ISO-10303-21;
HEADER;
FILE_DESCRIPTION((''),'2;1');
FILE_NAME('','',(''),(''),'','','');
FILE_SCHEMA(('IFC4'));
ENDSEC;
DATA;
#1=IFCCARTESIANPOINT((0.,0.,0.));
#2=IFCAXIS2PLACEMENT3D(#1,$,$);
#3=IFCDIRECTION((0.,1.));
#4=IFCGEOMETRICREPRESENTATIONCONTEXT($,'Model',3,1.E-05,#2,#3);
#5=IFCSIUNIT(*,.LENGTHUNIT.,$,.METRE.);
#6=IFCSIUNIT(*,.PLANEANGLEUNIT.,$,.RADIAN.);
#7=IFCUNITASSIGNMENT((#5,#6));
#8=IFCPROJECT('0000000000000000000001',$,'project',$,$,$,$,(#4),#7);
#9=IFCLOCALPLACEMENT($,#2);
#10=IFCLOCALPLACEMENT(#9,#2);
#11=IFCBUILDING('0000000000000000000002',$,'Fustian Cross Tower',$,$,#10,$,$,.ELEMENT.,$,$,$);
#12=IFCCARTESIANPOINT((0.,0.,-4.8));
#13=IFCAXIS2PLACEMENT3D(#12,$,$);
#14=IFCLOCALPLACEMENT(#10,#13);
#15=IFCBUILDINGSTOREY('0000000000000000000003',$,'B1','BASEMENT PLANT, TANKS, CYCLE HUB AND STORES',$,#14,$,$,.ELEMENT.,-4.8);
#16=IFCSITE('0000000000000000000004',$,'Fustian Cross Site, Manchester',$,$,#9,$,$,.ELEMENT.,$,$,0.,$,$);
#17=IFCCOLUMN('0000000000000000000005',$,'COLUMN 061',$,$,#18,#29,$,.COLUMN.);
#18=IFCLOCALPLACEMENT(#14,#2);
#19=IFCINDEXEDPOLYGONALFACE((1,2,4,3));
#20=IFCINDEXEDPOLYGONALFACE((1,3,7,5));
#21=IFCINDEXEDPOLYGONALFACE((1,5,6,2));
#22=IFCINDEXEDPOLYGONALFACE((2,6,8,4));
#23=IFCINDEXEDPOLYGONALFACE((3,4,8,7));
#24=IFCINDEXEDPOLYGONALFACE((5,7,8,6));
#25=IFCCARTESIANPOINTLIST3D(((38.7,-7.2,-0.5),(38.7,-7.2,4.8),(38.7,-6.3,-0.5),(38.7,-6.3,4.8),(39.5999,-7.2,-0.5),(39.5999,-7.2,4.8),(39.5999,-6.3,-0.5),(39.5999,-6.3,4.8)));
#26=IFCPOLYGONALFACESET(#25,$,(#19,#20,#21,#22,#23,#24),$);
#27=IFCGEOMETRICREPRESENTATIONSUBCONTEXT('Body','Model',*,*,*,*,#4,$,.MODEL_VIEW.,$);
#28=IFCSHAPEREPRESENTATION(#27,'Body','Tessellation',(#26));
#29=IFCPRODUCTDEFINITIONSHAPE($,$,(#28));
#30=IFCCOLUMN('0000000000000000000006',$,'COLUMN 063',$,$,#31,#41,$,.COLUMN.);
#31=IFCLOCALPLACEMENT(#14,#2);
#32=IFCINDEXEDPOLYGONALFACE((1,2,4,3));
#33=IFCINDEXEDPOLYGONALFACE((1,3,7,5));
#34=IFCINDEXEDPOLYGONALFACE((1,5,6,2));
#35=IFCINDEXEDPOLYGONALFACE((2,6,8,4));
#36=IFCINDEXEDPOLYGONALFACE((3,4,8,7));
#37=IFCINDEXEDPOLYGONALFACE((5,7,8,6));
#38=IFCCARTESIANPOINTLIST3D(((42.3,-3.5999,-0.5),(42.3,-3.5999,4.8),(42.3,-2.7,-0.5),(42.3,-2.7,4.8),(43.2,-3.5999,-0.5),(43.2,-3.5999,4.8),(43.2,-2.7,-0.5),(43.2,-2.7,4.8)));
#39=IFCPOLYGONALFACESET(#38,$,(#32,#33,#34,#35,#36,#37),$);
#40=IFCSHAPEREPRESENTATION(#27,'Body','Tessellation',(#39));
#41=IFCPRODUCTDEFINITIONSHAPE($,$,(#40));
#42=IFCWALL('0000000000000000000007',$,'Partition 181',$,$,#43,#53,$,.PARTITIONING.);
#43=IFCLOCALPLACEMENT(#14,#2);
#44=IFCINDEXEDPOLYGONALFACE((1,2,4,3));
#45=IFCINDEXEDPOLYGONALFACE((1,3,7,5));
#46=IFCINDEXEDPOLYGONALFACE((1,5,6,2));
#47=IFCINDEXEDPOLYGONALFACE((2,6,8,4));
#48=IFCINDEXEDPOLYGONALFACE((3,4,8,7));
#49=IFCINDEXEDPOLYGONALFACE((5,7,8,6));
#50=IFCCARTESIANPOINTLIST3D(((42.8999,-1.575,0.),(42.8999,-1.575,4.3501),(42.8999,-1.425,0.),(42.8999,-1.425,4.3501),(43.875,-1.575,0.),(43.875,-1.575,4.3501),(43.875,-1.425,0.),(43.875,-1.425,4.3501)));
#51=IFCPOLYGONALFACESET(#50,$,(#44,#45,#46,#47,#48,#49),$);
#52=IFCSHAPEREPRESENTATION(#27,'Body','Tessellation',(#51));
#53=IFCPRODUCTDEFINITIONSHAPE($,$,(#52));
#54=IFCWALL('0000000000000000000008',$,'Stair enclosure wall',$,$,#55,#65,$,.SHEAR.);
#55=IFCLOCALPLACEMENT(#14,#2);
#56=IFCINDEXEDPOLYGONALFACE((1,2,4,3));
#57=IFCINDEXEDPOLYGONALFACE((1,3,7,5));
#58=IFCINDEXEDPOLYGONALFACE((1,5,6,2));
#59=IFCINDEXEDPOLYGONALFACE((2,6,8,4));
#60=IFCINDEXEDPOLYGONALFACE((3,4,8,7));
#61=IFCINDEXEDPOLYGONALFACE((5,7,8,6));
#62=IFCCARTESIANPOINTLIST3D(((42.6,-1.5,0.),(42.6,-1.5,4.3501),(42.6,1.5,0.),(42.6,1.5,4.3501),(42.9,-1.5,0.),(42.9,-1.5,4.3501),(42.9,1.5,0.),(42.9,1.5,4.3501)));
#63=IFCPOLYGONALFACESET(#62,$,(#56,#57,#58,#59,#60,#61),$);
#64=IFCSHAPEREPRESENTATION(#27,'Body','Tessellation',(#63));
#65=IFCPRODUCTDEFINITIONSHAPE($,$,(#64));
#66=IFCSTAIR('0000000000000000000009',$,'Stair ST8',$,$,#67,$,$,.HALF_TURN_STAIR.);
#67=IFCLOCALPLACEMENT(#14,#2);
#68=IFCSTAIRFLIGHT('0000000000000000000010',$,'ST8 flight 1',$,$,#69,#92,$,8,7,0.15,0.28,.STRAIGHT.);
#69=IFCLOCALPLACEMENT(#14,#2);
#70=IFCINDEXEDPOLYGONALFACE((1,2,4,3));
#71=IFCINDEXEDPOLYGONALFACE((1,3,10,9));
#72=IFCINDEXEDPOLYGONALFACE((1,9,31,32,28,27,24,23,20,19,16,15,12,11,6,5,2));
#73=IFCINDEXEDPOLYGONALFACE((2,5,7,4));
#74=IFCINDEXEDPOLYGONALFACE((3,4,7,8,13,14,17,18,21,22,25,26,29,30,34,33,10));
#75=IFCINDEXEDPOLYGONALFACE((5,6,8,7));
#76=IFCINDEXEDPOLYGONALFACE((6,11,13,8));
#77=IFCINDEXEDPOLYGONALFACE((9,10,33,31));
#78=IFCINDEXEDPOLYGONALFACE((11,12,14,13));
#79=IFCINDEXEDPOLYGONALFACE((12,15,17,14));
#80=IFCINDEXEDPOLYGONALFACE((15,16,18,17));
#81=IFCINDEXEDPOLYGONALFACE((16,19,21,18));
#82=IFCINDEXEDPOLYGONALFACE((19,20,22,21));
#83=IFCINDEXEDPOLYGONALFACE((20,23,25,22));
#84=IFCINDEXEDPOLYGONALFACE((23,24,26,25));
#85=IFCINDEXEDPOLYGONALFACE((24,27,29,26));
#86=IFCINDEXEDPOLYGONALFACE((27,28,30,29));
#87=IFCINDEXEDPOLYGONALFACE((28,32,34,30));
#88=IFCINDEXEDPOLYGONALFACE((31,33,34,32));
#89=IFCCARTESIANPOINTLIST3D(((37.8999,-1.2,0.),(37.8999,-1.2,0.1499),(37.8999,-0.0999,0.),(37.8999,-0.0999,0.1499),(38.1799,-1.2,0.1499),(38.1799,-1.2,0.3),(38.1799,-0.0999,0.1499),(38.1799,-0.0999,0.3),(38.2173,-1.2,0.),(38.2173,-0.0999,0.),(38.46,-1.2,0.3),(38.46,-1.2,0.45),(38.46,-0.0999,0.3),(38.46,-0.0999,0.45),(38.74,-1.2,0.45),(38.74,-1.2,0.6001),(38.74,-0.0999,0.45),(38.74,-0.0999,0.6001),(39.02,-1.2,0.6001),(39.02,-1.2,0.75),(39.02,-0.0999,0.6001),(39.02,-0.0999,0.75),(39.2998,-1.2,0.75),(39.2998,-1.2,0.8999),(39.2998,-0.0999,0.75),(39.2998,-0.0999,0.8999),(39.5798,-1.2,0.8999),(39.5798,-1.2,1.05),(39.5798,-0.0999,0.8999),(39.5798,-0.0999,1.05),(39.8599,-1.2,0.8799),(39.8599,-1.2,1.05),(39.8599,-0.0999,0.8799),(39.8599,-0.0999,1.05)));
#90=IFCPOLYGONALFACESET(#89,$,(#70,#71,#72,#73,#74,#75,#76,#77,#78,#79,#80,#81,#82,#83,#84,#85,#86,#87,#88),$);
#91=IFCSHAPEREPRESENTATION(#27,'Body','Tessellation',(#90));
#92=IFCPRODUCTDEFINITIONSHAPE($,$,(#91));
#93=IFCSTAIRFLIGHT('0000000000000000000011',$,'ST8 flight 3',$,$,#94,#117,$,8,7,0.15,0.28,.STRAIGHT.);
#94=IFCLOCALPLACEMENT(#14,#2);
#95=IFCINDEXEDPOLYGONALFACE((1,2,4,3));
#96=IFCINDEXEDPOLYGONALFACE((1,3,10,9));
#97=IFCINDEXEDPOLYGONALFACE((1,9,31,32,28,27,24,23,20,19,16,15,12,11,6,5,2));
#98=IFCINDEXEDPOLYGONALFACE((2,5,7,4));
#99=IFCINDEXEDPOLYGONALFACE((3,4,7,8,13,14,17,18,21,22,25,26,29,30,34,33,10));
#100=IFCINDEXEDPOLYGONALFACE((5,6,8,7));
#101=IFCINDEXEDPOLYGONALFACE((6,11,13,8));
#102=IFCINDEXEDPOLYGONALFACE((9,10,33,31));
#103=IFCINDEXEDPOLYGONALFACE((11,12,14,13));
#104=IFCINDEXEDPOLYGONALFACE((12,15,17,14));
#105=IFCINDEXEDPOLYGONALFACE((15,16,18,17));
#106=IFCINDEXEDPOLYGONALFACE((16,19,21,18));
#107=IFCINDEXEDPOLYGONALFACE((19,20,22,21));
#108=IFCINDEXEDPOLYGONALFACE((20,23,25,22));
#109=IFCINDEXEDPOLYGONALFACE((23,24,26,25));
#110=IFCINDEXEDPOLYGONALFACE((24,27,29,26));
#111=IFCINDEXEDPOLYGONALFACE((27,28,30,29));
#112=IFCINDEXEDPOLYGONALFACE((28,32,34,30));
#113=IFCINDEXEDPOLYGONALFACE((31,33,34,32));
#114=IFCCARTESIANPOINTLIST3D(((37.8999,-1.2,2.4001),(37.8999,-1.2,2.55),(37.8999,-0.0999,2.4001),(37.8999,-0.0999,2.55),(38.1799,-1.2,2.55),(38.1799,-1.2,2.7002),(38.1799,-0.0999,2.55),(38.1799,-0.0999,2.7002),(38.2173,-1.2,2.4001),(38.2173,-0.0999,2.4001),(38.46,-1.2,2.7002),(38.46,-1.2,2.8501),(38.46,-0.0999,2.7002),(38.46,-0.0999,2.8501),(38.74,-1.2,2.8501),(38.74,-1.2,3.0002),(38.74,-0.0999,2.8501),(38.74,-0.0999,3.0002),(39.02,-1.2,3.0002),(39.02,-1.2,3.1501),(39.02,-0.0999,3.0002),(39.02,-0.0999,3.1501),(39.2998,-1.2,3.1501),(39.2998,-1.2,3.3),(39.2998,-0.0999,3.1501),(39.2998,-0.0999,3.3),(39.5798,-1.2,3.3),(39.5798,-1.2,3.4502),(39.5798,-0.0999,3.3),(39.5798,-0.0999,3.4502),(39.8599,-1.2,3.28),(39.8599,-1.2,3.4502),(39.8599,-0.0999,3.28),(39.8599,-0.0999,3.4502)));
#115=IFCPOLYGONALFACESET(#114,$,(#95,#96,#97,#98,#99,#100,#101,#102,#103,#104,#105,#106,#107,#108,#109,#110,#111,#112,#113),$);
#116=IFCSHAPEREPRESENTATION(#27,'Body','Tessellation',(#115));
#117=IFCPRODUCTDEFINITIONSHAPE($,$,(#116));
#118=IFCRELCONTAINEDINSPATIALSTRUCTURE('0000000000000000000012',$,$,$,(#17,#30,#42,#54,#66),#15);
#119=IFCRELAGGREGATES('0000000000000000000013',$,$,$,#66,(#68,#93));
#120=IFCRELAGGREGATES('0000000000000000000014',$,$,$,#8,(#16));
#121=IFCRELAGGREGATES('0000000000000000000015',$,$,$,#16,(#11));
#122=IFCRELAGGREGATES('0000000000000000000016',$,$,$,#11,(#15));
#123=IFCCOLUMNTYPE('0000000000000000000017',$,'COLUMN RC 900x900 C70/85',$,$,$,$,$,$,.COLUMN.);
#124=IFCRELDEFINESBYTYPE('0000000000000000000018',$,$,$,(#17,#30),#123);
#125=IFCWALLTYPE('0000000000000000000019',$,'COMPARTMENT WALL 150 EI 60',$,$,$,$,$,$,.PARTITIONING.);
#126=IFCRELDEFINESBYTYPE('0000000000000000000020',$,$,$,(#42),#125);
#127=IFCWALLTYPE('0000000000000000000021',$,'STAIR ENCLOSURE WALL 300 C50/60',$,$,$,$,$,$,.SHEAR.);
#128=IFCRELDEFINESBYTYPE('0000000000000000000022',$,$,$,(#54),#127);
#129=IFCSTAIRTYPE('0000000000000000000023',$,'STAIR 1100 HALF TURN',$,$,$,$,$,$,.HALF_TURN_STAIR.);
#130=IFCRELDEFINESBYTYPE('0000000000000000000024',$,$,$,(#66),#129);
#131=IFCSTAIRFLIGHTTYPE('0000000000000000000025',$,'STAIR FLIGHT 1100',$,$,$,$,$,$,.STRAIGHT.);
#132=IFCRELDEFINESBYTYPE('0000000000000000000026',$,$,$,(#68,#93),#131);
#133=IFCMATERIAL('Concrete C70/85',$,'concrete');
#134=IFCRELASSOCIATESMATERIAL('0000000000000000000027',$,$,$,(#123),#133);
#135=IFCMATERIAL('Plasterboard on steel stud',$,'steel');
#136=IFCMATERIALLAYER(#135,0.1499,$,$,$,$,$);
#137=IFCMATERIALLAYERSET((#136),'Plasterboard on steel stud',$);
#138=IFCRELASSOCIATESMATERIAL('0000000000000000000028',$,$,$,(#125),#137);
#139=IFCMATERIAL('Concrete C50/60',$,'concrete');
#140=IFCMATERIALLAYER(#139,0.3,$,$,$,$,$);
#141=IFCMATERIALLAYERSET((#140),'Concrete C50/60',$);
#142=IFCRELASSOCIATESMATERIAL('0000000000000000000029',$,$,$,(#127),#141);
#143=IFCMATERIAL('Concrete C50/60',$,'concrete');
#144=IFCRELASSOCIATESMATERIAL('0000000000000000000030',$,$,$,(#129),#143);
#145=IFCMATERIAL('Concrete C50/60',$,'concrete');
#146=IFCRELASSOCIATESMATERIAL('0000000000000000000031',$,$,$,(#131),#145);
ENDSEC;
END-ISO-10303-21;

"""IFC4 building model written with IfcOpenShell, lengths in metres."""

from ifc_helpers import new_model, si_unit, direction, frame, frame_2d, origin, origin_2d, place, context, subcontext, project, spatial, polyline, rectangle, outline, extrude, material, layer, layer_set, material_profile, profile_set, type_object, element, aggregate, save


model = new_model("IFC4")

# Units and contexts
model_context = context("Model", 3, precision=1e-05, world=origin(), true_north=direction((0.0, 1.0)))
body_context = subcontext(model_context, "Body", "Model", "MODEL_VIEW")
ifc_project = project(units=[si_unit("LENGTHUNIT", "METRE"), si_unit("PLANEANGLEUNIT", "RADIAN")], contexts=[model_context])

# Site, building, storey
site_placement = place(None, origin())
site = spatial("IfcSite", under=ifc_project, at=site_placement, Name="Fustian Cross Site, Manchester", CompositionType="ELEMENT", RefElevation=0.0)
building_placement = place(site_placement, origin())
building = spatial("IfcBuilding", under=site, at=building_placement, Name="Fustian Cross Tower", CompositionType="ELEMENT")
storey_placement = place(building_placement, frame((0.0, 0.0, -4.8)))
storey = spatial("IfcBuildingStorey", under=building, at=storey_placement, Name="B1", Description="BASEMENT PLANT, TANKS, CYCLE HUB AND STORES", CompositionType="ELEMENT", Elevation=-4.8)

# Columns
ifc_material_1 = material(Name="Concrete C70/85", Category="concrete")
ifc_material_profile_1 = material_profile(ifc_material_1, rectangle(XDim=0.8999, YDim=0.8999, at=origin_2d()), Name="RC 900x900")
ifc_profile_set_1 = profile_set([ifc_material_profile_1], Name="Concrete C70/85")
column_type_1 = type_object("IfcColumnType", Name="COLUMN RC 900x900 C70/85", PredefinedType="COLUMN", material=ifc_profile_set_1)
for number, where, z_axis, x_axis, name in (
    (1, (39.1499, -6.75, -0.5), (0.0, 0.0, 1.0), (1.0, 0.0, 0.0), "COLUMN 061"),
    (2, (42.75, -3.1499, -0.5), (0.0, 0.0, 1.0), (1.0, 0.0, 0.0), "COLUMN 063"),
):
    element("IfcColumn", number, at=place(storey_placement, frame(where, z_axis=z_axis, x_axis=x_axis)), inside=storey, type_object=column_type_1, Name=name, PredefinedType="COLUMN", context=body_context, shape_type="SweptSolid", body=[
        extrude(rectangle(XDim=0.8999, YDim=0.8999, at=origin_2d()), origin(), (0.0, 0.0, 1.0), 5.3),
    ])

# Walls
ifc_material_2 = material(Name="Plasterboard on steel stud", Category="steel")
ifc_layer_1 = layer(ifc_material_2, 0.1499)
ifc_layer_set_1 = layer_set([ifc_layer_1], Name="Plasterboard on steel stud")
wall_type_1 = type_object("IfcWallType", Name="COMPARTMENT WALL 150 EI 60", PredefinedType="PARTITIONING", material=ifc_layer_set_1)
wall_1_placement = place(storey_placement, frame((42.8999, -1.5, 0.0), z_axis=(0.0, 0.0, 1.0), x_axis=(1.0, 0.0, 0.0)))
element("IfcWall", 3, at=wall_1_placement, inside=storey, type_object=wall_type_1, Name="Partition 181", PredefinedType="PARTITIONING", context=body_context, shape_type="SweptSolid", body=[
    extrude(rectangle(XDim=0.9751, YDim=0.1499, at=frame_2d((0.4875, 0.0))), origin(), (0.0, 0.0, 1.0), 4.3501),
])
ifc_material_3 = material(Name="Concrete C50/60", Category="concrete")
ifc_layer_2 = layer(ifc_material_3, 0.3)
ifc_layer_set_2 = layer_set([ifc_layer_2], Name="Concrete C50/60")
wall_type_2 = type_object("IfcWallType", Name="STAIR ENCLOSURE WALL 300 C50/60", PredefinedType="SHEAR", material=ifc_layer_set_2)
wall_2_placement = place(storey_placement, frame((42.75, -1.5, 0.0), z_axis=(0.0, 0.0, 1.0), x_axis=(0.0, 1.0, 0.0)))
element("IfcWall", 4, at=wall_2_placement, inside=storey, type_object=wall_type_2, Name="Stair enclosure wall", PredefinedType="SHEAR", context=body_context, shape_type="SweptSolid", body=[
    extrude(rectangle(XDim=3.0, YDim=0.3, at=frame_2d((1.5, 0.0))), origin(), (0.0, 0.0, 1.0), 4.3501),
])

# Stair, stair flights
ifc_material_4 = material(Name="Concrete C50/60", Category="concrete")
stair_type = type_object("IfcStairType", Name="STAIR 1100 HALF TURN", PredefinedType="HALF_TURN_STAIR", material=ifc_material_4)
stair_placement = place(storey_placement, origin())
stair = element("IfcStair", 5, at=stair_placement, inside=storey, type_object=stair_type, Name="Stair ST8", PredefinedType="HALF_TURN_STAIR")
ifc_material_5 = material(Name="Concrete C50/60", Category="concrete")
stair_flight_type = type_object("IfcStairFlightType", Name="STAIR FLIGHT 1100", PredefinedType="STRAIGHT", material=ifc_material_5)
stair_flight_1_placement = place(storey_placement, frame((37.8999, -0.6499, 0.0), z_axis=(0.0, 0.0, 1.0), x_axis=(1.0, 0.0, 0.0)))
stair_flight_1 = element("IfcStairFlight", 6, at=stair_flight_1_placement, type_object=stair_flight_type, Name="ST8 flight 1", NumberOfRisers=8, NumberOfTreads=7, PredefinedType="STRAIGHT", RiserHeight=0.15, TreadLength=0.28, context=body_context, shape_type="SweptSolid", body=[
    extrude(outline(polyline([(0.0, 0.0), (0.0, 0.1499), (0.28, 0.1499), (0.28, 0.3), (0.5601, 0.3), (0.5601, 0.45), (0.8401, 0.45), (0.8401, 0.6001), (1.1201, 0.6001), (1.1201, 0.75), (1.3999, 0.75), (1.3999, 0.8999), (1.6799, 0.8999), (1.6799, 1.05), (1.96, 1.05), (1.96, 1.2), (1.96, 0.8799), (0.3174, 0.0), (0.0, 0.0)])), frame((0.0, 0.55, 0.0), z_axis=(0.0, -1.0, 0.0), x_axis=(1.0, 0.0, 0.0)), (0.0, 0.0, 1.0), 1.1001),
])
stair_flight_2_placement = place(storey_placement, frame((37.8999, -0.6499, 2.4001), z_axis=(0.0, 0.0, 1.0), x_axis=(1.0, 0.0, 0.0)))
stair_flight_2 = element("IfcStairFlight", 7, at=stair_flight_2_placement, type_object=stair_flight_type, Name="ST8 flight 3", NumberOfRisers=8, NumberOfTreads=7, PredefinedType="STRAIGHT", RiserHeight=0.15, TreadLength=0.28, context=body_context, shape_type="SweptSolid", body=[
    extrude(outline(polyline([(0.0, 0.0), (0.0, 0.1499), (0.28, 0.1499), (0.28, 0.3), (0.5601, 0.3), (0.5601, 0.45), (0.8401, 0.45), (0.8401, 0.6001), (1.1201, 0.6001), (1.1201, 0.75), (1.3999, 0.75), (1.3999, 0.8999), (1.6799, 0.8999), (1.6799, 1.05), (1.96, 1.05), (1.96, 1.2), (1.96, 0.8799), (0.3174, 0.0), (0.0, 0.0)])), frame((0.0, 0.55, 0.0), z_axis=(0.0, -1.0, 0.0), x_axis=(1.0, 0.0, 0.0)), (0.0, 0.0, 1.0), 1.1001),
])
aggregate(stair, [stair_flight_1, stair_flight_2])

save(model, "model.ifc")
